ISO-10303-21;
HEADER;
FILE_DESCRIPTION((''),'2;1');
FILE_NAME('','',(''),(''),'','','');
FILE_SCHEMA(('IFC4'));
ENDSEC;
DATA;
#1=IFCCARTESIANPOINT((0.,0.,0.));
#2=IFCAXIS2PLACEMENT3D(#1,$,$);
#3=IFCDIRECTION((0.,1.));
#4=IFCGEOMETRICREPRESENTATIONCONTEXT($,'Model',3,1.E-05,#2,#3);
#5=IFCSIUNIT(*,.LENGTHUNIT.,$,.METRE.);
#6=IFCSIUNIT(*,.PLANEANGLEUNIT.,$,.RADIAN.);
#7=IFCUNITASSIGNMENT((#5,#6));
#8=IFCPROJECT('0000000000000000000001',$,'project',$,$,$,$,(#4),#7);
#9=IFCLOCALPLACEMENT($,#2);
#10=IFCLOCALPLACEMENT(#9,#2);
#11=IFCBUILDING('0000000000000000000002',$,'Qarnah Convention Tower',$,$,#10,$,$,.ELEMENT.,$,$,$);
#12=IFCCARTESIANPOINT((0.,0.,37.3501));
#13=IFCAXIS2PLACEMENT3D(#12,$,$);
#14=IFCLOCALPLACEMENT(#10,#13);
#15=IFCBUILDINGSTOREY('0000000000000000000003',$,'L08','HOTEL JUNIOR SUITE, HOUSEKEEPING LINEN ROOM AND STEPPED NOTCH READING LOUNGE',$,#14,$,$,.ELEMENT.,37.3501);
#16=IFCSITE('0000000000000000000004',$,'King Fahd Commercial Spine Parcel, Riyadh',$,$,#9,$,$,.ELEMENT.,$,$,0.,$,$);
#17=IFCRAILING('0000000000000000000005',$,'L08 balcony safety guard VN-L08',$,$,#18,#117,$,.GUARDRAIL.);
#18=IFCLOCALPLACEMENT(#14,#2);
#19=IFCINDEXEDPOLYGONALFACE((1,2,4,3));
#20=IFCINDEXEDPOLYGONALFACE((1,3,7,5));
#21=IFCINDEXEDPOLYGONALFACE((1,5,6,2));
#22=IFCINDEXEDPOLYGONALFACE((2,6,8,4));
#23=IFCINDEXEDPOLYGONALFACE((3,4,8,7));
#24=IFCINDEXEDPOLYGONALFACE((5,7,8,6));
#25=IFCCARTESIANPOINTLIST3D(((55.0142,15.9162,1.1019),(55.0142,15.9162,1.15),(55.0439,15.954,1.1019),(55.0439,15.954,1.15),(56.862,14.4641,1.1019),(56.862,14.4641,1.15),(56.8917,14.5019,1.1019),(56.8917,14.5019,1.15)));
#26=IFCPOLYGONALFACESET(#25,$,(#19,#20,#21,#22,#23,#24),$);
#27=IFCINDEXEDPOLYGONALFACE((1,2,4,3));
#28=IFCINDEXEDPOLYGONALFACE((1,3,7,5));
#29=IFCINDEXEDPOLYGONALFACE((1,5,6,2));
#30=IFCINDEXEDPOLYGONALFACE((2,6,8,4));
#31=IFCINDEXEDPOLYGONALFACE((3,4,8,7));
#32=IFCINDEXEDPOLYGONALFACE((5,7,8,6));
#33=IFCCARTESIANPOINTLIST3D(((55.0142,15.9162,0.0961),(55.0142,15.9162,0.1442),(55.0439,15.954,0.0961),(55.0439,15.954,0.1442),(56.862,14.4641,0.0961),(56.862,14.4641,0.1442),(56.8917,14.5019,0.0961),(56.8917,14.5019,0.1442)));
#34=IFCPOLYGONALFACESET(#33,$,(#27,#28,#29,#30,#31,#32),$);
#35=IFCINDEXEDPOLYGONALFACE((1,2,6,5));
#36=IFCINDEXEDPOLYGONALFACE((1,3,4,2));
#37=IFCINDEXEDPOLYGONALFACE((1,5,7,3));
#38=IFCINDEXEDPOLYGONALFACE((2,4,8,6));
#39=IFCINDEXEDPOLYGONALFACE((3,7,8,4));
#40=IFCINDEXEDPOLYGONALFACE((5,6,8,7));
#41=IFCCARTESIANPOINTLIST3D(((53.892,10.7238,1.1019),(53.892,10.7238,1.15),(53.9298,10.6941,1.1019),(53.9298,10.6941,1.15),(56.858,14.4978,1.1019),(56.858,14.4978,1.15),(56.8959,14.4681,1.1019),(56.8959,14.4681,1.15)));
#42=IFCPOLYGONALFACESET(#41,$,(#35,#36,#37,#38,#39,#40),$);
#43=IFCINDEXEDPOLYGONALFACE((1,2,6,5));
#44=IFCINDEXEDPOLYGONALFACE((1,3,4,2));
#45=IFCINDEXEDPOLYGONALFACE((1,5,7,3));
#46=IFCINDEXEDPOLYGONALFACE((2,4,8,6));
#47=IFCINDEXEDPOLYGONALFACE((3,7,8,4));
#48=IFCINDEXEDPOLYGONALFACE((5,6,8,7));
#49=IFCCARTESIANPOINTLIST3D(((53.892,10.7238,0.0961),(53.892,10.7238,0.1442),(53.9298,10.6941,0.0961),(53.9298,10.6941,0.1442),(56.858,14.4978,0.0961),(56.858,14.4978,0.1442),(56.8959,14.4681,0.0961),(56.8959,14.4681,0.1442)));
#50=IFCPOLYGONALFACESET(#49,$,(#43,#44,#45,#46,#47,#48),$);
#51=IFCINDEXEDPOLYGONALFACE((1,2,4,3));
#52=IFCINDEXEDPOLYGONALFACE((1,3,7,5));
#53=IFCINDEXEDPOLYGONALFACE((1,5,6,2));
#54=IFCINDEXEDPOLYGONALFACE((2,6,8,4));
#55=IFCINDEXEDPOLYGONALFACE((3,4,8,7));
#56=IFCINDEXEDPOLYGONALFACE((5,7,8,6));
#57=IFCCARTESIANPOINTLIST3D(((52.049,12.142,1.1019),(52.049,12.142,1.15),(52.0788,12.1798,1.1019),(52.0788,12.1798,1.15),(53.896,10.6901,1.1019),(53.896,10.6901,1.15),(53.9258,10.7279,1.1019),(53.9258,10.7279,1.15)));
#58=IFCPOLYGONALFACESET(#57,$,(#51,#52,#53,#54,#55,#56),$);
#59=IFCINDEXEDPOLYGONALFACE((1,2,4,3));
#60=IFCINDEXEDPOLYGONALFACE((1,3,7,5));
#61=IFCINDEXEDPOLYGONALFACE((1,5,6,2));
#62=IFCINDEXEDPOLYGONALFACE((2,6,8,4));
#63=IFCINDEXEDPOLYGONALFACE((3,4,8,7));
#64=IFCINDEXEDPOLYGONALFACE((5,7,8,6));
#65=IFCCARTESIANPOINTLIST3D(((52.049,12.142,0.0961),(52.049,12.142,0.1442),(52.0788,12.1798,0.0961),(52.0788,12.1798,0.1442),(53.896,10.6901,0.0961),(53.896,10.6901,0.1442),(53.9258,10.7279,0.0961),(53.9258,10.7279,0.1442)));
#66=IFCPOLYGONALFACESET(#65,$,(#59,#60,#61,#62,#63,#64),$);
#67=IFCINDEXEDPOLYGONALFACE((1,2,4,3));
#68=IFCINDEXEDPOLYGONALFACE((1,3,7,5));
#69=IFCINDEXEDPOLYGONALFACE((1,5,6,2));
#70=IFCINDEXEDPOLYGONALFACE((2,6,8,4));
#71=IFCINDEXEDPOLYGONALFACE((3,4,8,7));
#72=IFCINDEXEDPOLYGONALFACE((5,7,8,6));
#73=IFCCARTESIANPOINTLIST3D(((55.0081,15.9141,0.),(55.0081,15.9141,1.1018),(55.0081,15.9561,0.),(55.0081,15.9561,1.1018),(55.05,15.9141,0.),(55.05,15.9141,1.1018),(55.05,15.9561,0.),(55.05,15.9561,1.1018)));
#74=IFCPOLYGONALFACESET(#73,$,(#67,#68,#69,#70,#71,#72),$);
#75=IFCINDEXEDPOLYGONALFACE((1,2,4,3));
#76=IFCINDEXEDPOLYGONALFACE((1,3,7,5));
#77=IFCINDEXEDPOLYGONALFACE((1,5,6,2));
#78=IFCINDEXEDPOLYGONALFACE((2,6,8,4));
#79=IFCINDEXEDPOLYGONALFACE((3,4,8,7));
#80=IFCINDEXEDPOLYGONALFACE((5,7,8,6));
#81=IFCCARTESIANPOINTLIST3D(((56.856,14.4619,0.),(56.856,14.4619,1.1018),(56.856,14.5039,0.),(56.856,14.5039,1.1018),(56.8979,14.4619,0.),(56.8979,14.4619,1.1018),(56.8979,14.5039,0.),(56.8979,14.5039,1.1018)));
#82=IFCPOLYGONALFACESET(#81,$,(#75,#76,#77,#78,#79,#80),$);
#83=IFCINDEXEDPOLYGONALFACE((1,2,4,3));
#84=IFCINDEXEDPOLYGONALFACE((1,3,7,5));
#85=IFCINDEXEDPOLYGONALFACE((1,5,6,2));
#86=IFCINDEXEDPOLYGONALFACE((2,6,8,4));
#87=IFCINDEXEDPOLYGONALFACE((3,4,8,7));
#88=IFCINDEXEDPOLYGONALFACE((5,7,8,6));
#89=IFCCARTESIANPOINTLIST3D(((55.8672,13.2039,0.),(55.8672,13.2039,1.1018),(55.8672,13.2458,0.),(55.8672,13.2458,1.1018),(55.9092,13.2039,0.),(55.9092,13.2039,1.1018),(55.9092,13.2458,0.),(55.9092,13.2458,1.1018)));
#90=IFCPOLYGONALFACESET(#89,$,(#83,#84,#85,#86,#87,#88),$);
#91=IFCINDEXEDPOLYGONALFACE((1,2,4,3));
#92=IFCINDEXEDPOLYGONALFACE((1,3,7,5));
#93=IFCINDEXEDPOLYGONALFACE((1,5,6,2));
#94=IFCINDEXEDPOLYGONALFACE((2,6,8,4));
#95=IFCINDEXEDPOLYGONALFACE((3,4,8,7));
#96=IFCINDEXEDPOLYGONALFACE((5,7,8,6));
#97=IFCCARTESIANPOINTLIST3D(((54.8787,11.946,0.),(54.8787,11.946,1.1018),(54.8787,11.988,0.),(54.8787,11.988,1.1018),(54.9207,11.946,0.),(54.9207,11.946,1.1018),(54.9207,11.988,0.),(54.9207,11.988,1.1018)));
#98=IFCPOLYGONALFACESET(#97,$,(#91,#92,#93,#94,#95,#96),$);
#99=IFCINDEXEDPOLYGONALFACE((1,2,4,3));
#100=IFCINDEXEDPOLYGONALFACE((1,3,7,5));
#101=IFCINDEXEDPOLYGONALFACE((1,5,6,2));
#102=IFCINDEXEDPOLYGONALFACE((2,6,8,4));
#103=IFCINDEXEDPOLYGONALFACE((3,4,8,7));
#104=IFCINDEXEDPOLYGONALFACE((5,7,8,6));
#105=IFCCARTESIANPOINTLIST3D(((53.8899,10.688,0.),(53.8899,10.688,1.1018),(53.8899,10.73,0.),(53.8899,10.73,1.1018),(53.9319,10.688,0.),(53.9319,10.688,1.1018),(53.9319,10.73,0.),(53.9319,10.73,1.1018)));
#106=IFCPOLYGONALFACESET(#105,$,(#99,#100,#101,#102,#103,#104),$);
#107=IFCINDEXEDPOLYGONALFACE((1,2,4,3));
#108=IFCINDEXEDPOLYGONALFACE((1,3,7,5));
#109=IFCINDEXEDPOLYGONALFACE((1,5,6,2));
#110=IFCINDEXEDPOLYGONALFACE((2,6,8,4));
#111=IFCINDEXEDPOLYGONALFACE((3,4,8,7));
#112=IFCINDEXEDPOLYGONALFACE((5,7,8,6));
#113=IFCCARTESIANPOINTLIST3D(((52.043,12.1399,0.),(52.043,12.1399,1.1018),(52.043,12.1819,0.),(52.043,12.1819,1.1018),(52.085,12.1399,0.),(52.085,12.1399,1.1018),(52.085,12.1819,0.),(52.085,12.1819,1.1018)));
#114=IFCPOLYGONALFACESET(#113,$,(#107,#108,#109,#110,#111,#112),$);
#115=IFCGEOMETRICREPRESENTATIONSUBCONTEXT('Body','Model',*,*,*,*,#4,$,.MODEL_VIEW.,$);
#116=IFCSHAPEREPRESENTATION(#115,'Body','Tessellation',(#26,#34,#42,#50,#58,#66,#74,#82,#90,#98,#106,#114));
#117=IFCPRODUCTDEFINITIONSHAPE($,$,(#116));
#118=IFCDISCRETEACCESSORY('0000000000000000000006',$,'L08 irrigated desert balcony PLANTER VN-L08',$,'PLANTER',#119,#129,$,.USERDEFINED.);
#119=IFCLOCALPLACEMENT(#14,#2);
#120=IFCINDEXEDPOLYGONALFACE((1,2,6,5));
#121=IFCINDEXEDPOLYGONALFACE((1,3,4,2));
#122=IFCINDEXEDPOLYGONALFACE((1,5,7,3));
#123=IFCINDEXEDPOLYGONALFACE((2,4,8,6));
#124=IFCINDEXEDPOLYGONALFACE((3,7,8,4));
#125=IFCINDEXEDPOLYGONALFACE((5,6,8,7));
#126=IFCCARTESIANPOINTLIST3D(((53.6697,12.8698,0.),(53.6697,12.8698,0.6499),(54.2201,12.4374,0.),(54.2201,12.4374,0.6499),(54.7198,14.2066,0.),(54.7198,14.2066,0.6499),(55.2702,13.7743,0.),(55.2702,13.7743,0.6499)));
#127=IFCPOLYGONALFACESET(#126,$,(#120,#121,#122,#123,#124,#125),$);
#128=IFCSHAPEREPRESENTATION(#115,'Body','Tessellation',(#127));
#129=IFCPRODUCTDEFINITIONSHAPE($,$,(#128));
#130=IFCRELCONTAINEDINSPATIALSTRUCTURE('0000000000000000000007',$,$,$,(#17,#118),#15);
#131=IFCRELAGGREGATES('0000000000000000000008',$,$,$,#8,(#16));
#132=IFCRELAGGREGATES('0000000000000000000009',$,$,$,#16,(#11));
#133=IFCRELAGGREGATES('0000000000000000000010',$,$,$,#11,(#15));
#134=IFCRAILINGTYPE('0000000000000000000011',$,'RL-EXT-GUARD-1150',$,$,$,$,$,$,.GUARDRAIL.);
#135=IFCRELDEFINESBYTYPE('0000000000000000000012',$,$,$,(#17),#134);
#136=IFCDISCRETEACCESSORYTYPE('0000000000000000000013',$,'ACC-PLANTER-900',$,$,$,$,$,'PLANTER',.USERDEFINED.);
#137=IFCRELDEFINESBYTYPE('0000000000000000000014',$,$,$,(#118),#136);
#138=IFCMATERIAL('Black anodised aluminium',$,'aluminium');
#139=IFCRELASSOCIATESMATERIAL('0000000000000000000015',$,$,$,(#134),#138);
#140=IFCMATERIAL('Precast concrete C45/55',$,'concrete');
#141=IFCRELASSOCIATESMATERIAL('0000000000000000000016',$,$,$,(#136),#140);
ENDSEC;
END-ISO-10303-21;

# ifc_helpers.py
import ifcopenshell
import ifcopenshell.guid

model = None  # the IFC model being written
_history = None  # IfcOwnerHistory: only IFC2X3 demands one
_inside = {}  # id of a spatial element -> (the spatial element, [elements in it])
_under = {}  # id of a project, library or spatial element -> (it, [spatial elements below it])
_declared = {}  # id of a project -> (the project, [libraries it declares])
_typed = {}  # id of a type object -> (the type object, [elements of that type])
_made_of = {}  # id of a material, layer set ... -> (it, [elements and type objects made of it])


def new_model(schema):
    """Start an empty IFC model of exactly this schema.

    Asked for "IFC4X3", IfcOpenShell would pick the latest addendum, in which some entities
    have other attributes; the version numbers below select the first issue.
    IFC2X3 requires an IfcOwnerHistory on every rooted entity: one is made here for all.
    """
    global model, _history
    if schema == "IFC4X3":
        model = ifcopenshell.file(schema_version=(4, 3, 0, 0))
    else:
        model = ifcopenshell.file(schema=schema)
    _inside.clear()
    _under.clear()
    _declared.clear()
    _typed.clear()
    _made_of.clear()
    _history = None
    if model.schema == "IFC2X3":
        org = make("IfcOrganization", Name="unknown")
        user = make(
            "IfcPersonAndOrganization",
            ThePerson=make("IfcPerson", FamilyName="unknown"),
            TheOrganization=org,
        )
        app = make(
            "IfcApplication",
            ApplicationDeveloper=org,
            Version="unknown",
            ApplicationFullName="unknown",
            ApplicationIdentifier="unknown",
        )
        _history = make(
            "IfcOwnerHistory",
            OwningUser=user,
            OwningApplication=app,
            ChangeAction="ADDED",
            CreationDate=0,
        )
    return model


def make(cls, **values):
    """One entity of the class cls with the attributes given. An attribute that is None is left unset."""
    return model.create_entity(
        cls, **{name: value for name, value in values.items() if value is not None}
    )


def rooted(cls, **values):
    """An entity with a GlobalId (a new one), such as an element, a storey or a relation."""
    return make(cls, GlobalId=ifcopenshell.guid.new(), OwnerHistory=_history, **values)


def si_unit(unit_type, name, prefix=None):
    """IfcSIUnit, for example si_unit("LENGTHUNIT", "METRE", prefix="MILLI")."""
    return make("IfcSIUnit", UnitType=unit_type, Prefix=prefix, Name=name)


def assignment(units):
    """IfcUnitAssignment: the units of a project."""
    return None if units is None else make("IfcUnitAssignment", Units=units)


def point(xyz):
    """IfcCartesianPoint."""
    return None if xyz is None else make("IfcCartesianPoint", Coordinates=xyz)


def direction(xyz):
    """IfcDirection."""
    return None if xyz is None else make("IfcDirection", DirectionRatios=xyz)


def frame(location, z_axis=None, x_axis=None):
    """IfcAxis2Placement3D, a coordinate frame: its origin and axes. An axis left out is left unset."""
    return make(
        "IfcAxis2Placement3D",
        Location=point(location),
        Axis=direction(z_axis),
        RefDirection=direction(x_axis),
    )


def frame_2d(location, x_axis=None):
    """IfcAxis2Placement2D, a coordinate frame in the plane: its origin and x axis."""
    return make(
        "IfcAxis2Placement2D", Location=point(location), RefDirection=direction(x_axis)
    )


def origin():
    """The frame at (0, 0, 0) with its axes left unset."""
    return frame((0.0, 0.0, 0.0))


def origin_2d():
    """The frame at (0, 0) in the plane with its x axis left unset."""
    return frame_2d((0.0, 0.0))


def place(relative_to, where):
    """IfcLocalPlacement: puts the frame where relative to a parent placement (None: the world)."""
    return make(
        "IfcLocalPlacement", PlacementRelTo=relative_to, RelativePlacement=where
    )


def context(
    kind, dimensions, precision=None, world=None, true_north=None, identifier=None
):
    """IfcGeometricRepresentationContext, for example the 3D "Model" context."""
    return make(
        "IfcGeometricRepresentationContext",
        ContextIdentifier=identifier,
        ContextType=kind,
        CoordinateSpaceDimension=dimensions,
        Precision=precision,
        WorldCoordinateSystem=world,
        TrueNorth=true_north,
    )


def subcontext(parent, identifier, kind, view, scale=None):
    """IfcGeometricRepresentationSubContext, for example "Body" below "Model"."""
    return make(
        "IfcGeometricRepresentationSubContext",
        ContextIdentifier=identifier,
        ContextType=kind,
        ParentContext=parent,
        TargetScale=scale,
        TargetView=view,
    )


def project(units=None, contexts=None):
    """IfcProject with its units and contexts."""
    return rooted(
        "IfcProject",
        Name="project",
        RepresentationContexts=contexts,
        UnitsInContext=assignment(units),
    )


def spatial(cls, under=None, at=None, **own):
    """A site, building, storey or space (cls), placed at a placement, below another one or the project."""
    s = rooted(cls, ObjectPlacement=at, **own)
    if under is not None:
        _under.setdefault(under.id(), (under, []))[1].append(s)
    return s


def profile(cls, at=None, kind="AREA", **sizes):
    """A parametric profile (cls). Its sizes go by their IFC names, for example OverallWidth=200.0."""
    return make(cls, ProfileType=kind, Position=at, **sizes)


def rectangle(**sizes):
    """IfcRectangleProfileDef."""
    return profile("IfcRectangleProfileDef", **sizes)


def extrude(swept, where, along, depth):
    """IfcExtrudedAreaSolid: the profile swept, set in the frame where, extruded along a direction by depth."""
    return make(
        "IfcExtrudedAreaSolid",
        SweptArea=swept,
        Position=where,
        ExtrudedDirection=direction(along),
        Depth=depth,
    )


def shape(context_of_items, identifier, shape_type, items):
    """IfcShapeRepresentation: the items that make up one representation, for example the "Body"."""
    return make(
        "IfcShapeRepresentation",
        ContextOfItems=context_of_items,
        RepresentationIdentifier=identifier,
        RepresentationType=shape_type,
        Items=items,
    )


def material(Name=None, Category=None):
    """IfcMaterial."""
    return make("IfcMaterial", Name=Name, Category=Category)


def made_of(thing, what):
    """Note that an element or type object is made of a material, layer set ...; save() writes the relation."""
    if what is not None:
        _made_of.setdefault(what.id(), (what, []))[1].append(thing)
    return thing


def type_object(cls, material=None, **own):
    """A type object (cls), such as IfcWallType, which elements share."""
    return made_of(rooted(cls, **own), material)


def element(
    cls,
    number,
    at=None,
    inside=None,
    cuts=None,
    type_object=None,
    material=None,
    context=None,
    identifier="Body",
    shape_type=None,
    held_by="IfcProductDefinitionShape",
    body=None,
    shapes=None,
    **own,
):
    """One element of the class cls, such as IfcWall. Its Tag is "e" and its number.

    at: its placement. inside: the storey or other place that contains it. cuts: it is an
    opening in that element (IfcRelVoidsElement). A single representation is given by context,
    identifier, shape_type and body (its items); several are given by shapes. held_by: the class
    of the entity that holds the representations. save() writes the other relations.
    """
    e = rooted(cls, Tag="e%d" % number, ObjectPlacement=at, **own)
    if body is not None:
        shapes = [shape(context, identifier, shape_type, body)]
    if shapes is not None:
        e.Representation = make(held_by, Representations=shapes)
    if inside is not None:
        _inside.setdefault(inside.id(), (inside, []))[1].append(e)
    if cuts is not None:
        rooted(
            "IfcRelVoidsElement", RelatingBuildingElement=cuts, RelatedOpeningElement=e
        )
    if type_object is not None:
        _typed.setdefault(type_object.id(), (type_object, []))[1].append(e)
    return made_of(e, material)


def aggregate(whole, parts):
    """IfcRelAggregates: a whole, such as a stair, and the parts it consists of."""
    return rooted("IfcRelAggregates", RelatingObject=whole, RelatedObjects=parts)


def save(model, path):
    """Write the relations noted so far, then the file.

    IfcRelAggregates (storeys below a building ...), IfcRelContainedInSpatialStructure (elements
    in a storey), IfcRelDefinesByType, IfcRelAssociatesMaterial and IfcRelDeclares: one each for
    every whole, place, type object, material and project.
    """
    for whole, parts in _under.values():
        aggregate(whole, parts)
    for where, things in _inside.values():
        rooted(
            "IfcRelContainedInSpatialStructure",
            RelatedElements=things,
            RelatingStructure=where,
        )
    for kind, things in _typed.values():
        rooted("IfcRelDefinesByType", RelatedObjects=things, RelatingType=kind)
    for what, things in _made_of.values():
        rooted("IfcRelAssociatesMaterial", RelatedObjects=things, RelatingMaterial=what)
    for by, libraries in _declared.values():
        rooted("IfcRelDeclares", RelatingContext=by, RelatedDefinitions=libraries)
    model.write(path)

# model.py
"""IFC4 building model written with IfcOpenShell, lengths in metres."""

from ifc_helpers import new_model, si_unit, direction, frame, origin, origin_2d, place, context, subcontext, project, spatial, rectangle, extrude, material, type_object, element, save


model = new_model("IFC4")

# Units and contexts
model_context = context("Model", 3, precision=1e-05, world=origin(), true_north=direction((0.0, 1.0)))
body_context = subcontext(model_context, "Body", "Model", "MODEL_VIEW")
ifc_project = project(units=[si_unit("LENGTHUNIT", "METRE"), si_unit("PLANEANGLEUNIT", "RADIAN")], contexts=[model_context])

# Site, building, storey
site_placement = place(None, origin())
site = spatial("IfcSite", under=ifc_project, at=site_placement, Name="King Fahd Commercial Spine Parcel, Riyadh", CompositionType="ELEMENT", RefElevation=0.0)
building_placement = place(site_placement, origin())
building = spatial("IfcBuilding", under=site, at=building_placement, Name="Qarnah Convention Tower", CompositionType="ELEMENT")
storey_placement = place(building_placement, frame((0.0, 0.0, 37.3501)))
storey = spatial("IfcBuildingStorey", under=building, at=storey_placement, Name="L08", Description="HOTEL JUNIOR SUITE, HOUSEKEEPING LINEN ROOM AND STEPPED NOTCH READING LOUNGE", CompositionType="ELEMENT", Elevation=37.3501)

# Shared definitions
ifc_material_1 = material(Name="Black anodised aluminium", Category="aluminium")

# Shared definitions
ifc_material_2 = material(Name="Precast concrete C45/55", Category="concrete")

# Railing
railing_type = type_object("IfcRailingType", Name="RL-EXT-GUARD-1150", PredefinedType="GUARDRAIL", material=ifc_material_1)
railing_1_placement = place(storey_placement, frame((55.0291, 15.9351, 0.0)))
element("IfcRailing", 1, at=railing_1_placement, inside=storey, type_object=railing_type, Name="L08 balcony safety guard VN-L08", PredefinedType="GUARDRAIL", context=body_context, shape_type="SweptSolid", body=[
    extrude(rectangle(XDim=0.0481, YDim=0.0481, at=origin_2d()), frame((0.0, 0.0, 1.126), z_axis=(0.786271, -0.617881, 0.0), x_axis=(0.617881, 0.786271, 0.0)), (0.0, 0.0, 1.0), 2.3501),
    extrude(rectangle(XDim=0.0481, YDim=0.0481, at=origin_2d()), frame((0.0, 0.0, 0.1201), z_axis=(0.786271, -0.617881, 0.0), x_axis=(0.617881, 0.786271, 0.0)), (0.0, 0.0, 1.0), 2.3501),
    extrude(rectangle(XDim=0.0481, YDim=0.0481, at=origin_2d()), frame((1.8479, -1.4521, 1.126), z_axis=(-0.617929, -0.786234, 0.0), x_axis=(0.786234, -0.617929, 0.0)), (0.0, 0.0, 1.0), 4.8),
    extrude(rectangle(XDim=0.0481, YDim=0.0481, at=origin_2d()), frame((1.8479, -1.4521, 0.1201), z_axis=(-0.617929, -0.786234, 0.0), x_axis=(0.786234, -0.617929, 0.0)), (0.0, 0.0, 1.0), 4.8),
    extrude(rectangle(XDim=0.0481, YDim=0.0481, at=origin_2d()), frame((-1.1182, -5.2261, 1.126), z_axis=(-0.786163, 0.618019, 0.0), x_axis=(-0.618019, -0.786163, 0.0)), (0.0, 0.0, 1.0), 2.3494),
    extrude(rectangle(XDim=0.0481, YDim=0.0481, at=origin_2d()), frame((-1.1182, -5.2261, 0.1201), z_axis=(-0.786163, 0.618019, 0.0), x_axis=(-0.618019, -0.786163, 0.0)), (0.0, 0.0, 1.0), 2.3494),
    extrude(rectangle(XDim=0.042, YDim=0.042, at=origin_2d()), origin(), (0.0, 0.0, 1.0), 1.1018),
    extrude(rectangle(XDim=0.042, YDim=0.042, at=origin_2d()), frame((1.8479, -1.4521, 0.0)), (0.0, 0.0, 1.0), 1.1018),
    extrude(rectangle(XDim=0.042, YDim=0.042, at=origin_2d()), frame((0.8591, -2.7102, 0.0)), (0.0, 0.0, 1.0), 1.1018),
    extrude(rectangle(XDim=0.042, YDim=0.042, at=origin_2d()), frame((-0.1294, -3.968, 0.0)), (0.0, 0.0, 1.0), 1.1018),
    extrude(rectangle(XDim=0.042, YDim=0.042, at=origin_2d()), frame((-1.1182, -5.2261, 0.0)), (0.0, 0.0, 1.0), 1.1018),
    extrude(rectangle(XDim=0.042, YDim=0.042, at=origin_2d()), frame((-2.9651, -3.7742, 0.0)), (0.0, 0.0, 1.0), 1.1018),
])

# Discrete accessory
discrete_accessory_type = type_object("IfcDiscreteAccessoryType", Name="ACC-PLANTER-900", ElementType="PLANTER", PredefinedType="USERDEFINED", material=ifc_material_2)
discrete_accessory_placement = place(storey_placement, frame((54.47, 13.322, 0.0), z_axis=(0.0, 0.0, 1.0), x_axis=(0.617722, 0.786396, 0.0)))
element("IfcDiscreteAccessory", 2, at=discrete_accessory_placement, inside=storey, type_object=discrete_accessory_type, Name="L08 irrigated desert balcony PLANTER VN-L08", ObjectType="PLANTER", PredefinedType="USERDEFINED", context=body_context, shape_type="SweptSolid", body=[
    extrude(rectangle(XDim=1.7, YDim=0.7, at=origin_2d()), origin(), (0.0, 0.0, 1.0), 0.6499),
])

save(model, "model.ifc")
